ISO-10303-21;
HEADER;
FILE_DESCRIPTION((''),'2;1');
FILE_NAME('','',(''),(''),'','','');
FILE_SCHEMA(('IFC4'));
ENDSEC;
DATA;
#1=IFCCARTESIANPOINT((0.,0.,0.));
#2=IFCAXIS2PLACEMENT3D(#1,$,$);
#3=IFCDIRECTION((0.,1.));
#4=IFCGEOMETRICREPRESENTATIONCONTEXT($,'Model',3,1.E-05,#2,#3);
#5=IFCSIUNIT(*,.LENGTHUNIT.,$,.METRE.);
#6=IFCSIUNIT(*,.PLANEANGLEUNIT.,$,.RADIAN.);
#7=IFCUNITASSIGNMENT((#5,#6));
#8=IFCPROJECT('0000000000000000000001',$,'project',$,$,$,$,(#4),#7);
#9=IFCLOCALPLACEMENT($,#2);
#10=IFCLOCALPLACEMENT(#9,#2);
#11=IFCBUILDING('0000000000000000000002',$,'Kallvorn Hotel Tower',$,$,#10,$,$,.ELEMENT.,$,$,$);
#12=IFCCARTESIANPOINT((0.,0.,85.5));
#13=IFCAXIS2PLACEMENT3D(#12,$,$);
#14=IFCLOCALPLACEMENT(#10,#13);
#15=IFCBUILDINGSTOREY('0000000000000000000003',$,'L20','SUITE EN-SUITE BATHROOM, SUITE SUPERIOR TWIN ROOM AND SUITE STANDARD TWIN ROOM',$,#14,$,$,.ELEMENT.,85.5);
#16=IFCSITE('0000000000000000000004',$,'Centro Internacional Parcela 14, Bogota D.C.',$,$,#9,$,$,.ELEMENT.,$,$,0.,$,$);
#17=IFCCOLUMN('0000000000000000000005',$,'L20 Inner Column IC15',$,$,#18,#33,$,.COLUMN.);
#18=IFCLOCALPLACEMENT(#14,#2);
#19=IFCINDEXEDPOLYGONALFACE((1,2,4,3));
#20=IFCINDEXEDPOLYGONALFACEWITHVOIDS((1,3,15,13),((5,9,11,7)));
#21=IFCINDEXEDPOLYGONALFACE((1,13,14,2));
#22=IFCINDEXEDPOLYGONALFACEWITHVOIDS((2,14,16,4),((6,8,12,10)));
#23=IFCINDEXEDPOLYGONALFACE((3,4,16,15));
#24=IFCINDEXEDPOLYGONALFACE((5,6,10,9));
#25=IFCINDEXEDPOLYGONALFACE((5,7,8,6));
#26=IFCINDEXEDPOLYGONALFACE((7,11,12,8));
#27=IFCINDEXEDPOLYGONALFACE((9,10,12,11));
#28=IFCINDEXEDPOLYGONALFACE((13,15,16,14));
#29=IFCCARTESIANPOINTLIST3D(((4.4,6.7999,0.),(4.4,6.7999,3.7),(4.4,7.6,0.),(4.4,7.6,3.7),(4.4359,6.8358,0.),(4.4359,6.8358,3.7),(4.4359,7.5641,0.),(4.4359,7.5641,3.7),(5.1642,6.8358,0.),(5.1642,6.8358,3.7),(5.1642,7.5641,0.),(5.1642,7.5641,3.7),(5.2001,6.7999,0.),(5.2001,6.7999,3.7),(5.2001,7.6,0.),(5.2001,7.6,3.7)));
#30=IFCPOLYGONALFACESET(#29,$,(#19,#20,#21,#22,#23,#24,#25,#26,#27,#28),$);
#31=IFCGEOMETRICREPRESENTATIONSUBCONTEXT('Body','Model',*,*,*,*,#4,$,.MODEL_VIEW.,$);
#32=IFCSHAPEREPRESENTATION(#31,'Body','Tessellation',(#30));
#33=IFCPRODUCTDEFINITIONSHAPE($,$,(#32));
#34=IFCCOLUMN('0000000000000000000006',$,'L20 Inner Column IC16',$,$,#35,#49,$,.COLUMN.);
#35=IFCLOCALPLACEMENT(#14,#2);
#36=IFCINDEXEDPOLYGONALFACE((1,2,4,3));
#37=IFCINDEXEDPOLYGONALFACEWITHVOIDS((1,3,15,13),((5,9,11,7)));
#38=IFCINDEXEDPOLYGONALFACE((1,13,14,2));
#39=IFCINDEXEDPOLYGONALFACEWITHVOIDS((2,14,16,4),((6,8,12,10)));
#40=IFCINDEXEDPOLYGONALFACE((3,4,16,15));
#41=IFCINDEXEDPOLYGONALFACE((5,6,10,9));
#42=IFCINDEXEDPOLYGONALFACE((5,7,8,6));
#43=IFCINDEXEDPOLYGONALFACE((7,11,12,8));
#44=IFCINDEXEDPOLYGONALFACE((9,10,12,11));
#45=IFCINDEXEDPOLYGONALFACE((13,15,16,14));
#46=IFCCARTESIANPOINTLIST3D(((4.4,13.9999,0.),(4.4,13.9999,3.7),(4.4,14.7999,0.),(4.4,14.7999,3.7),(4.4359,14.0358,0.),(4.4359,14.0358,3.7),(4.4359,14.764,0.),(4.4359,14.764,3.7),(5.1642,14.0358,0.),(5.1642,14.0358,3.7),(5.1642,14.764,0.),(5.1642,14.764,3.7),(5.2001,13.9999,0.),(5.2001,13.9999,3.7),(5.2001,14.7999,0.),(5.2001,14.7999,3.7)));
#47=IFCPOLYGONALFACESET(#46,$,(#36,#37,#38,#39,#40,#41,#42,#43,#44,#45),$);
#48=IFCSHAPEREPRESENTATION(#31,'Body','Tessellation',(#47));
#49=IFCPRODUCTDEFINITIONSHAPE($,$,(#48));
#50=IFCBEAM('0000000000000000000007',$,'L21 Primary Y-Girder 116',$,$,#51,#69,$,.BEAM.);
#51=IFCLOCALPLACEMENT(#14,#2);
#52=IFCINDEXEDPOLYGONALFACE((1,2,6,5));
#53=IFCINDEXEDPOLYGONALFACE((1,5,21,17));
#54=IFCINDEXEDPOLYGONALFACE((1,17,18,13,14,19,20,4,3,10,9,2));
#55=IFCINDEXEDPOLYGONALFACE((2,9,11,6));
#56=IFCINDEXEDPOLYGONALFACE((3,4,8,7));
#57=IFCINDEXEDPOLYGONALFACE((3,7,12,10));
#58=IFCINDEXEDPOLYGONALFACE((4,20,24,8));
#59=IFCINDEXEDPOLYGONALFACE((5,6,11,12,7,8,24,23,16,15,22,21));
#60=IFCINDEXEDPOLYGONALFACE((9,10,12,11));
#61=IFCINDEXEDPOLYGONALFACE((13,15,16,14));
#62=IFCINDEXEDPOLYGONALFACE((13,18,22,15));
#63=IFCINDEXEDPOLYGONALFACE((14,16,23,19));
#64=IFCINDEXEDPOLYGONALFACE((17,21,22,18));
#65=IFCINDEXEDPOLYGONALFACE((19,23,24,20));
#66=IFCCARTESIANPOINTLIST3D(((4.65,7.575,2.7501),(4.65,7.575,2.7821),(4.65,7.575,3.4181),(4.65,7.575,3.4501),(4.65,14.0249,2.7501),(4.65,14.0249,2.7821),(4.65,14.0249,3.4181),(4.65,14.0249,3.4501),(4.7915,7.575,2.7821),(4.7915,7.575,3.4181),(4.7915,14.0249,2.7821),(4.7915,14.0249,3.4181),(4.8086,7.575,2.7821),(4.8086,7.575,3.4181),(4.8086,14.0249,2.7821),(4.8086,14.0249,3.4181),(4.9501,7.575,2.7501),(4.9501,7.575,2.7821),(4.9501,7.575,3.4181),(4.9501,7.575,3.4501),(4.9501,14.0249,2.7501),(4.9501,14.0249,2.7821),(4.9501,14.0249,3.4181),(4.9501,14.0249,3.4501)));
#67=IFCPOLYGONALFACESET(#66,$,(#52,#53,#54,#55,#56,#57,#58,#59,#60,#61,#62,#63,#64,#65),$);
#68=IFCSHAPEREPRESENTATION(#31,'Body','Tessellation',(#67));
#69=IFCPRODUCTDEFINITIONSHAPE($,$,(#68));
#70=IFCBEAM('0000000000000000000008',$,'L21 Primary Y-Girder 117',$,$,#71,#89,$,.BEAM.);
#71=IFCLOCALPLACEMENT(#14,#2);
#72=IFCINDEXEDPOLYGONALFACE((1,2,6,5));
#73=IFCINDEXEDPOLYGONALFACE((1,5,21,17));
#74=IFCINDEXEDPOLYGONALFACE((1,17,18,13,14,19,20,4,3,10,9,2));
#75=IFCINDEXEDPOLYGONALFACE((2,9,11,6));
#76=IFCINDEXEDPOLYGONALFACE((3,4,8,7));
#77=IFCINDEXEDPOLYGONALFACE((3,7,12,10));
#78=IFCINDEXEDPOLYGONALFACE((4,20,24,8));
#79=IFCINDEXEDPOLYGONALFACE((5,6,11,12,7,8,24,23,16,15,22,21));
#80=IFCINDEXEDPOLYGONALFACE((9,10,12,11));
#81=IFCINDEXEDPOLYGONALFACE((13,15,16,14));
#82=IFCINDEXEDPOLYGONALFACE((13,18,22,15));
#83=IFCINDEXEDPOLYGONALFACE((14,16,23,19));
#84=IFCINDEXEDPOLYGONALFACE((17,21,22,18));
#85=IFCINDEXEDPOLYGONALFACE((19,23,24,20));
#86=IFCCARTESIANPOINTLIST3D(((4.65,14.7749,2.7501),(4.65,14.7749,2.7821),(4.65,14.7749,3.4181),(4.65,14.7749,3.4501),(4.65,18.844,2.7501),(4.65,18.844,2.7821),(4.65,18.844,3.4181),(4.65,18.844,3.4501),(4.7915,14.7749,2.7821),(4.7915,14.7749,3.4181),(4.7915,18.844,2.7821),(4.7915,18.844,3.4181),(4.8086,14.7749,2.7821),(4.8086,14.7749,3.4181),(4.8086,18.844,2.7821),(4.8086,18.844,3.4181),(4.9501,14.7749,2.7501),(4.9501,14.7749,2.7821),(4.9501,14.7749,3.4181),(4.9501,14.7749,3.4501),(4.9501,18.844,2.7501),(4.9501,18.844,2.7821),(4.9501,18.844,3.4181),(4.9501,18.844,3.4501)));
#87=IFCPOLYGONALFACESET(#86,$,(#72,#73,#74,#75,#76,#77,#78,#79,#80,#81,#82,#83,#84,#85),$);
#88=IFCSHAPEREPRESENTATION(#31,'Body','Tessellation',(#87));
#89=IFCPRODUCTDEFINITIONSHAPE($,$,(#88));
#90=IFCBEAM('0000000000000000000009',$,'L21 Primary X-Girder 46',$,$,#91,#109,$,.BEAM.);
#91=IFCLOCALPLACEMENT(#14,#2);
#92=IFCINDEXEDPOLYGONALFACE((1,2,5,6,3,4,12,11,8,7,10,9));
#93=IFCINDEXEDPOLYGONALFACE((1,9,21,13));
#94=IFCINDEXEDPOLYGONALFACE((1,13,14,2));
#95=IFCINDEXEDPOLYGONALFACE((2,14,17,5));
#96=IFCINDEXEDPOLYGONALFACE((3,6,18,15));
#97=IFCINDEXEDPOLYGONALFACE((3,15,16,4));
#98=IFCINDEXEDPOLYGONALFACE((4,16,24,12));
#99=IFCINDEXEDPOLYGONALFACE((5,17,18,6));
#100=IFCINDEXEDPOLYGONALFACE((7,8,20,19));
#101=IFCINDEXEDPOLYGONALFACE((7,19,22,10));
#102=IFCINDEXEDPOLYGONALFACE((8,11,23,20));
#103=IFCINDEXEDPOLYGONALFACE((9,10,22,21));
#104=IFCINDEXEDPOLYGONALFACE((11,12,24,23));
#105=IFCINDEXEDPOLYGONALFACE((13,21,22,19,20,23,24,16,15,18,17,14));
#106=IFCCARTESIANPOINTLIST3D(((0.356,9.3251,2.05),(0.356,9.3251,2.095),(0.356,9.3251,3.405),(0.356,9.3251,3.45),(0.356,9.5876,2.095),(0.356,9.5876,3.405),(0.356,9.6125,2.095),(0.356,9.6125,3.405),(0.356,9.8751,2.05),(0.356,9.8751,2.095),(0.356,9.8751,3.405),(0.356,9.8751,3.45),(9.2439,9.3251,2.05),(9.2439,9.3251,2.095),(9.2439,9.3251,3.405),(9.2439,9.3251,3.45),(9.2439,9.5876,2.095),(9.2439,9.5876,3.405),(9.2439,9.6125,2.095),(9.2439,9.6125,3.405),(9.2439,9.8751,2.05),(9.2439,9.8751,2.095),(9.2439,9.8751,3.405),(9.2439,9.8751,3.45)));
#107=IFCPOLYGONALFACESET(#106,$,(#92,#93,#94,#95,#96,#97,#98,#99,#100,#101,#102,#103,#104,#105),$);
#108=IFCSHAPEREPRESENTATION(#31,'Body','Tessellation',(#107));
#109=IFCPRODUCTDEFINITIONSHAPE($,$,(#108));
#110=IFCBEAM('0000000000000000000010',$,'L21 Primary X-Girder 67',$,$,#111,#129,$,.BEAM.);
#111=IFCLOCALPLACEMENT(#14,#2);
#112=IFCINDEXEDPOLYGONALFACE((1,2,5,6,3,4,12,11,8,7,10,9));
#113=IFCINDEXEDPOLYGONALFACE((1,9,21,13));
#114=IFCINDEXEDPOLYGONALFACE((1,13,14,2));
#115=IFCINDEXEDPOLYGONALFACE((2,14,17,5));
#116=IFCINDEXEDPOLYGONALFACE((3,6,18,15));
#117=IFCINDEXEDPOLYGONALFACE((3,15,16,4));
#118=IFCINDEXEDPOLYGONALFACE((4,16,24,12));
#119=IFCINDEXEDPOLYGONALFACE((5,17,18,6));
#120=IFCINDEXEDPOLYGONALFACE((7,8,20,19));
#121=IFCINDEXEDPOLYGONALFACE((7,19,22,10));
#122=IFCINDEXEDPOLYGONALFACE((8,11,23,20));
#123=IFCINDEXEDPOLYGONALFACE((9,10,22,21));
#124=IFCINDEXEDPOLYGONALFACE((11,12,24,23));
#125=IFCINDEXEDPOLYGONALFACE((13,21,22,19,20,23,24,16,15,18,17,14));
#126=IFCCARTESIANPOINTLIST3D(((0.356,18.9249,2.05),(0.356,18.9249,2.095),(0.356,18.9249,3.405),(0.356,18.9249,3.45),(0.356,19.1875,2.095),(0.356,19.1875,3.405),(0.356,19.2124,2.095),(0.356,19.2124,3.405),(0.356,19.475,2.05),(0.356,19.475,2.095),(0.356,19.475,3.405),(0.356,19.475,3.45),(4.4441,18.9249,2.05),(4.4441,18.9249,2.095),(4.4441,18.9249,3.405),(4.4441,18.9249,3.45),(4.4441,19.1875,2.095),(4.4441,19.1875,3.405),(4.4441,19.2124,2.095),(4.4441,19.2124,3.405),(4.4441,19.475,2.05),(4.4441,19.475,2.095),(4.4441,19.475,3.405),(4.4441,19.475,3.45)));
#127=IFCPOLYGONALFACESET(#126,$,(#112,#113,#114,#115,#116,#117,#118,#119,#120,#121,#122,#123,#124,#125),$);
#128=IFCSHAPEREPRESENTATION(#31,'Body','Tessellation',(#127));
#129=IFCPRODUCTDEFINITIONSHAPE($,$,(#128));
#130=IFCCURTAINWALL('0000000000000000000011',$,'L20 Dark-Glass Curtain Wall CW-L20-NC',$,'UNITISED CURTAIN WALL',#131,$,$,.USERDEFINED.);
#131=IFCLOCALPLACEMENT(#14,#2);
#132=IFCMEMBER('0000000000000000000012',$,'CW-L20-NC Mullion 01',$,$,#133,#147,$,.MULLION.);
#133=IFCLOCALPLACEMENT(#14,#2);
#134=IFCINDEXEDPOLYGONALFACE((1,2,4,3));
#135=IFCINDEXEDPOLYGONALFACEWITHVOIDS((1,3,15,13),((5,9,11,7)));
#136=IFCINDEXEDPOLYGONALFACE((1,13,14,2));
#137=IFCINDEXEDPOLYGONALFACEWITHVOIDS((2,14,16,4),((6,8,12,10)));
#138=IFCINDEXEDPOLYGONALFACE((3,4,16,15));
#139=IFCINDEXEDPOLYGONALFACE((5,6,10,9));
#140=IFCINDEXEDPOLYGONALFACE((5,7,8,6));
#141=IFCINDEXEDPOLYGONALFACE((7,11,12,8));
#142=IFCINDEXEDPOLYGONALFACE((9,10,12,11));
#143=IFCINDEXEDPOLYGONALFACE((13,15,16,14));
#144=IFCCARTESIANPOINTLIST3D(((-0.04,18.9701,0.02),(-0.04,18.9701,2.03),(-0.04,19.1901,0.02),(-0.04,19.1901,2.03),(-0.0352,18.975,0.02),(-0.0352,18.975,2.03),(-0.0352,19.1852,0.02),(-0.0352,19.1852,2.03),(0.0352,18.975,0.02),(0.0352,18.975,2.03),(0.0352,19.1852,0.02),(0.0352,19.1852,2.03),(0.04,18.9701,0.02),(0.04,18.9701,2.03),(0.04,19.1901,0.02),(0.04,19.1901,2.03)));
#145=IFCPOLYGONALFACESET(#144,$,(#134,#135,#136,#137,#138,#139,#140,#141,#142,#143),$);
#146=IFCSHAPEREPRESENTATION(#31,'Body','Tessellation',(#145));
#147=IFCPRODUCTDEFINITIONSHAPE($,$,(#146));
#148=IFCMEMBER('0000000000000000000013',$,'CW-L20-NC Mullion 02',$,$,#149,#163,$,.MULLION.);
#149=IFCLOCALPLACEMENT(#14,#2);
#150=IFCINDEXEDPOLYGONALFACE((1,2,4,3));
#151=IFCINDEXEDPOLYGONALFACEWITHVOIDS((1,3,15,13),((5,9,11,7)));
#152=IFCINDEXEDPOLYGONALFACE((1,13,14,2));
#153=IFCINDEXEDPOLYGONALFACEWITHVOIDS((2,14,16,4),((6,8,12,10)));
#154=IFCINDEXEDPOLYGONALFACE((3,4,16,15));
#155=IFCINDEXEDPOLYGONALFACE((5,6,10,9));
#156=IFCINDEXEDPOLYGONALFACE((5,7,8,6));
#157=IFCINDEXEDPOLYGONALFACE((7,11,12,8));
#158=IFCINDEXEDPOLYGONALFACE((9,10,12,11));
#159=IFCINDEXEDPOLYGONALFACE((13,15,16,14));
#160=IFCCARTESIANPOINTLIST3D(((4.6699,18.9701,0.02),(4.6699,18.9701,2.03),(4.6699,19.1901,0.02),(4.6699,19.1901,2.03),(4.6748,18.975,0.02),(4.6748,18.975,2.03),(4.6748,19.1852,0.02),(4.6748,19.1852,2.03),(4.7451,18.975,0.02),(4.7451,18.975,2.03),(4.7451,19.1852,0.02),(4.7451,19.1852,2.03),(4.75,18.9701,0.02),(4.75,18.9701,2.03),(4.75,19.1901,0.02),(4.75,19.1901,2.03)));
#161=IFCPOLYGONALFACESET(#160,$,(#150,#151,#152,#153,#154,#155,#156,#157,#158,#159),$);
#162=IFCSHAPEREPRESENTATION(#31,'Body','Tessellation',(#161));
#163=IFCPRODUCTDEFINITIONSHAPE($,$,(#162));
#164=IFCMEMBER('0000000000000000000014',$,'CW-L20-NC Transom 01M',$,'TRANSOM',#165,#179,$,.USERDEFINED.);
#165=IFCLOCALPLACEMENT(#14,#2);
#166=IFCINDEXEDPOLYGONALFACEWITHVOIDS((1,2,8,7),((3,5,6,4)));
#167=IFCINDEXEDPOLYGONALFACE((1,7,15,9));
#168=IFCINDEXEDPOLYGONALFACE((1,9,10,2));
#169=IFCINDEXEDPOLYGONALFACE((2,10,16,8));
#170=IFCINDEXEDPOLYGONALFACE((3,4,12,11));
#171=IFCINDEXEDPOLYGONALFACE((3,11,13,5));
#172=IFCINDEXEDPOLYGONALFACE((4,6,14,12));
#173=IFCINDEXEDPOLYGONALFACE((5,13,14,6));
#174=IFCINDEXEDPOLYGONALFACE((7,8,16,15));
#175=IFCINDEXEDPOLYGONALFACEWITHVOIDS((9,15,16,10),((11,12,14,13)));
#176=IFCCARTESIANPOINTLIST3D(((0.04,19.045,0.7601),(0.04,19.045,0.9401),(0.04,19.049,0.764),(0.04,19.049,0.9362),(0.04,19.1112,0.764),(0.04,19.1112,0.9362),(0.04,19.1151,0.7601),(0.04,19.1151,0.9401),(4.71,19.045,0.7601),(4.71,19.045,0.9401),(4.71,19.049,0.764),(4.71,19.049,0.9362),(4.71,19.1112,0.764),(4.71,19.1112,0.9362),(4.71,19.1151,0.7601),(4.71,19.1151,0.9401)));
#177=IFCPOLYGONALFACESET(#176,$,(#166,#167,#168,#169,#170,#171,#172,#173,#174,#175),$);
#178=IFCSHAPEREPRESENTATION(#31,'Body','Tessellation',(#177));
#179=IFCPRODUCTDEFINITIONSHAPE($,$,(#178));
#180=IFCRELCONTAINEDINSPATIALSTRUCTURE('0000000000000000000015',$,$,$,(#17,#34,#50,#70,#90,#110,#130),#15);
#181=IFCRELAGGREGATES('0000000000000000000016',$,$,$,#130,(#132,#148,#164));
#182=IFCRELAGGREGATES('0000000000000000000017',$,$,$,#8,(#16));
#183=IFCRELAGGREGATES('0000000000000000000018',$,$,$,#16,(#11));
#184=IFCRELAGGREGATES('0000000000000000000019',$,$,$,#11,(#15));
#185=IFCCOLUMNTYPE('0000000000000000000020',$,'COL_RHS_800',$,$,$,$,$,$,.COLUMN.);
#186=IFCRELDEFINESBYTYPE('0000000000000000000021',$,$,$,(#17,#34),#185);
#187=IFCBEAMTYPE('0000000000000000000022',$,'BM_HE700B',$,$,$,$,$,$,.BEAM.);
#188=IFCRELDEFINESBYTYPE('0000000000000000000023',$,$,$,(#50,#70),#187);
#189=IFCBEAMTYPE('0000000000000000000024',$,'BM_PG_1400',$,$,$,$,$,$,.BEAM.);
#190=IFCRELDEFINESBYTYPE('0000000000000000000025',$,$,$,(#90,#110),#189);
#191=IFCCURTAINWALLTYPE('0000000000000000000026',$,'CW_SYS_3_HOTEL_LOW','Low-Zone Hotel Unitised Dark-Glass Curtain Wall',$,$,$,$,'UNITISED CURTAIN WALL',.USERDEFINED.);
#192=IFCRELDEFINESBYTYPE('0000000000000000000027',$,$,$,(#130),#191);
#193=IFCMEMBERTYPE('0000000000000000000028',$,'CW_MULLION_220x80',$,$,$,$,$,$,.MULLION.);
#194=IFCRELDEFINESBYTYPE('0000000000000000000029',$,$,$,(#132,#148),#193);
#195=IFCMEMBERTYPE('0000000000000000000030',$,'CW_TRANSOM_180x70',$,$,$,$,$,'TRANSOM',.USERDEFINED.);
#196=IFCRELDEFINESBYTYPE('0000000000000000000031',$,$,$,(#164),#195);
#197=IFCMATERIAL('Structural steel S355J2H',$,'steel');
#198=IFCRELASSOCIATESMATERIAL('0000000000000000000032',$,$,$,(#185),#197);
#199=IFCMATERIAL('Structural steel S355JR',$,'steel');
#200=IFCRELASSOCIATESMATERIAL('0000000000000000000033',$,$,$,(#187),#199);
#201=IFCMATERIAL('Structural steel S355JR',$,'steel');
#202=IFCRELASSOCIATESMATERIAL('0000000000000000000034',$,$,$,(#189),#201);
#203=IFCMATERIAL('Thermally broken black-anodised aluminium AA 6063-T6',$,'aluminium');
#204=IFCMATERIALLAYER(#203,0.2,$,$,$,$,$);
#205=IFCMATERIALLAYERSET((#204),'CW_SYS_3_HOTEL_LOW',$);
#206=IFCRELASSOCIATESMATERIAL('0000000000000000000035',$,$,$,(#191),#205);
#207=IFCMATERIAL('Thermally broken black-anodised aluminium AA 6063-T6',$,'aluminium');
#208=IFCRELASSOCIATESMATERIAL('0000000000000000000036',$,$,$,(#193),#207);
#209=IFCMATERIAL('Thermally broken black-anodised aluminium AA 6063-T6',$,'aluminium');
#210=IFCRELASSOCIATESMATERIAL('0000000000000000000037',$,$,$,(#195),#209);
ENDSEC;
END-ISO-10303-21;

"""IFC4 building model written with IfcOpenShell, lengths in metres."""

from ifc_helpers import new_model, si_unit, direction, frame, origin, origin_2d, place, context, subcontext, project, spatial, hollow_rectangle, i_section, extrude, material, layer, layer_set, material_profile, profile_set, type_object, element, aggregate, save


model = new_model("IFC4")

# Units and contexts
model_context = context("Model", 3, precision=1e-05, world=origin(), true_north=direction((0.0, 1.0)))
body_context = subcontext(model_context, "Body", "Model", "MODEL_VIEW")
ifc_project = project(units=[si_unit("LENGTHUNIT", "METRE"), si_unit("PLANEANGLEUNIT", "RADIAN")], contexts=[model_context])

# Site, building, storey
site_placement = place(None, origin())
site = spatial("IfcSite", under=ifc_project, at=site_placement, Name="Centro Internacional Parcela 14, Bogota D.C.", CompositionType="ELEMENT", RefElevation=0.0)
building_placement = place(site_placement, origin())
building = spatial("IfcBuilding", under=site, at=building_placement, Name="Kallvorn Hotel Tower", CompositionType="ELEMENT")
storey_placement = place(building_placement, frame((0.0, 0.0, 85.5)))
storey = spatial("IfcBuildingStorey", under=building, at=storey_placement, Name="L20", Description="SUITE EN-SUITE BATHROOM, SUITE SUPERIOR TWIN ROOM AND SUITE STANDARD TWIN ROOM", CompositionType="ELEMENT", Elevation=85.5)

# Columns
ifc_material_1 = material(Name="Structural steel S355J2H", Category="steel")
ifc_material_profile_1 = material_profile(ifc_material_1, hollow_rectangle(XDim=0.8, YDim=0.8, WallThickness=0.0359, at=origin_2d()), Name="RHS 800x800x36")
ifc_profile_set_1 = profile_set([ifc_material_profile_1], Name="Structural steel S355J2H")
column_type = type_object("IfcColumnType", Name="COL_RHS_800", PredefinedType="COLUMN", material=ifc_profile_set_1)
for number, where, z_axis, x_axis, name in (
    (1, (4.8, 7.2, 0.0), (0.0, 0.0, 1.0), (1.0, 0.0, 0.0), "L20 Inner Column IC15"),
    (2, (4.8, 14.3999, 0.0), (0.0, 0.0, 1.0), (1.0, 0.0, 0.0), "L20 Inner Column IC16"),
):
    element("IfcColumn", number, at=place(storey_placement, frame(where, z_axis=z_axis, x_axis=x_axis)), inside=storey, type_object=column_type, Name=name, PredefinedType="COLUMN", context=body_context, shape_type="SweptSolid", body=[
        extrude(hollow_rectangle(XDim=0.8, YDim=0.8, WallThickness=0.0359, at=origin_2d()), origin(), (0.0, 0.0, 1.0), 3.7),
    ])

# Beams
ifc_material_2 = material(Name="Structural steel S355JR", Category="steel")
ifc_material_profile_2 = material_profile(ifc_material_2, i_section(OverallWidth=0.3, OverallDepth=0.7, WebThickness=0.0171, FlangeThickness=0.032, at=origin_2d()), Name="HE 700 B")
ifc_profile_set_2 = profile_set([ifc_material_profile_2], Name="Structural steel S355JR")
beam_type_1 = type_object("IfcBeamType", Name="BM_HE700B", PredefinedType="BEAM", material=ifc_profile_set_2)
beam_1_placement = place(storey_placement, frame((4.8, 7.575, 3.1001), z_axis=(0.0, 1.0, 0.0), x_axis=(-1.0, 0.0, 0.0)))
element("IfcBeam", 3, at=beam_1_placement, inside=storey, type_object=beam_type_1, Name="L21 Primary Y-Girder 116", PredefinedType="BEAM", context=body_context, shape_type="SweptSolid", body=[
    extrude(i_section(OverallWidth=0.3, OverallDepth=0.7, WebThickness=0.0171, FlangeThickness=0.032, at=origin_2d()), origin(), (0.0, 0.0, 1.0), 6.45),
])
beam_2_placement = place(storey_placement, frame((4.8, 14.7749, 3.1001), z_axis=(0.0, 1.0, 0.0), x_axis=(-1.0, 0.0, 0.0)))
element("IfcBeam", 4, at=beam_2_placement, inside=storey, type_object=beam_type_1, Name="L21 Primary Y-Girder 117", PredefinedType="BEAM", context=body_context, shape_type="SweptSolid", body=[
    extrude(i_section(OverallWidth=0.3, OverallDepth=0.7, WebThickness=0.0171, FlangeThickness=0.032, at=origin_2d()), origin(), (0.0, 0.0, 1.0), 4.0691),
])
ifc_material_3 = material(Name="Structural steel S355JR", Category="steel")
ifc_material_profile_3 = material_profile(ifc_material_3, i_section(OverallWidth=0.55, OverallDepth=1.3999, WebThickness=0.0249, FlangeThickness=0.0449, at=origin_2d()), Name="PG 1400x550x25x45")
ifc_profile_set_3 = profile_set([ifc_material_profile_3], Name="Structural steel S355JR")
beam_type_2 = type_object("IfcBeamType", Name="BM_PG_1400", PredefinedType="BEAM", material=ifc_profile_set_3)
beam_3_placement = place(storey_placement, frame((0.356, 9.6001, 2.75), z_axis=(1.0, 0.0, 0.0), x_axis=(0.0, 1.0, 0.0)))
element("IfcBeam", 5, at=beam_3_placement, inside=storey, type_object=beam_type_2, Name="L21 Primary X-Girder 46", PredefinedType="BEAM", context=body_context, shape_type="SweptSolid", body=[
    extrude(i_section(OverallWidth=0.55, OverallDepth=1.3999, WebThickness=0.0249, FlangeThickness=0.0449, at=origin_2d()), origin(), (0.0, 0.0, 1.0), 8.8879),
])
beam_4_placement = place(storey_placement, frame((0.356, 19.2, 2.75), z_axis=(1.0, 0.0, 0.0), x_axis=(0.0, 1.0, 0.0)))
element("IfcBeam", 6, at=beam_4_placement, inside=storey, type_object=beam_type_2, Name="L21 Primary X-Girder 67", PredefinedType="BEAM", context=body_context, shape_type="SweptSolid", body=[
    extrude(i_section(OverallWidth=0.55, OverallDepth=1.3999, WebThickness=0.0249, FlangeThickness=0.0449, at=origin_2d()), origin(), (0.0, 0.0, 1.0), 4.0881),
])

# Curtain wall, members
ifc_material_4 = material(Name="Thermally broken black-anodised aluminium AA 6063-T6", Category="aluminium")
ifc_layer_1 = layer(ifc_material_4, 0.2)
ifc_layer_set_1 = layer_set([ifc_layer_1], Name="CW_SYS_3_HOTEL_LOW")
curtain_wall_type = type_object("IfcCurtainWallType", Name="CW_SYS_3_HOTEL_LOW", Description="Low-Zone Hotel Unitised Dark-Glass Curtain Wall", ElementType="UNITISED CURTAIN WALL", PredefinedType="USERDEFINED", material=ifc_layer_set_1)
curtain_wall_placement = place(storey_placement, origin())
curtain_wall = element("IfcCurtainWall", 7, at=curtain_wall_placement, inside=storey, type_object=curtain_wall_type, Name="L20 Dark-Glass Curtain Wall CW-L20-NC", ObjectType="UNITISED CURTAIN WALL", PredefinedType="USERDEFINED")
ifc_material_5 = material(Name="Thermally broken black-anodised aluminium AA 6063-T6", Category="aluminium")
ifc_material_profile_4 = material_profile(ifc_material_5, hollow_rectangle(XDim=0.0801, YDim=0.22, WallThickness=0.0049, at=origin_2d()), Name="MUL 220x80")
ifc_profile_set_4 = profile_set([ifc_material_profile_4], Name="Thermally broken black-anodised aluminium AA 6063-T6")
member_type_1 = type_object("IfcMemberType", Name="CW_MULLION_220x80", PredefinedType="MULLION", material=ifc_profile_set_4)
member_1_placement = place(storey_placement, frame((0.0, 19.0801, 0.02), z_axis=(0.0, 0.0, 1.0), x_axis=(1.0, 0.0, 0.0)))
member_1 = element("IfcMember", 8, at=member_1_placement, type_object=member_type_1, Name="CW-L20-NC Mullion 01", PredefinedType="MULLION", context=body_context, shape_type="SweptSolid", body=[
    extrude(hollow_rectangle(XDim=0.0801, YDim=0.22, WallThickness=0.0049, at=origin_2d()), origin(), (0.0, 0.0, 1.0), 2.01),
])
member_2_placement = place(storey_placement, frame((4.71, 19.0801, 0.02), z_axis=(0.0, 0.0, 1.0), x_axis=(1.0, 0.0, 0.0)))
member_2 = element("IfcMember", 9, at=member_2_placement, type_object=member_type_1, Name="CW-L20-NC Mullion 02", PredefinedType="MULLION", context=body_context, shape_type="SweptSolid", body=[
    extrude(hollow_rectangle(XDim=0.0801, YDim=0.22, WallThickness=0.0049, at=origin_2d()), origin(), (0.0, 0.0, 1.0), 2.01),
])
ifc_material_6 = material(Name="Thermally broken black-anodised aluminium AA 6063-T6", Category="aluminium")
ifc_material_profile_5 = material_profile(ifc_material_6, hollow_rectangle(XDim=0.0701, YDim=0.1799, WallThickness=0.0039, at=origin_2d()), Name="TRN 180x70")
ifc_profile_set_5 = profile_set([ifc_material_profile_5], Name="Thermally broken black-anodised aluminium AA 6063-T6")
member_type_2 = type_object("IfcMemberType", Name="CW_TRANSOM_180x70", ElementType="TRANSOM", PredefinedType="USERDEFINED", material=ifc_profile_set_5)
member_3_placement = place(storey_placement, frame((0.04, 19.0801, 0.8501), z_axis=(1.0, 0.0, 0.0), x_axis=(0.0, 1.0, 0.0)))
member_3 = element("IfcMember", 10, at=member_3_placement, type_object=member_type_2, Name="CW-L20-NC Transom 01M", ObjectType="TRANSOM", PredefinedType="USERDEFINED", context=body_context, shape_type="SweptSolid", body=[
    extrude(hollow_rectangle(XDim=0.0701, YDim=0.1799, WallThickness=0.0039, at=origin_2d()), origin(), (0.0, 0.0, 1.0), 4.6699),
])
aggregate(curtain_wall, [member_1, member_2, member_3])

save(model, "model.ifc")
